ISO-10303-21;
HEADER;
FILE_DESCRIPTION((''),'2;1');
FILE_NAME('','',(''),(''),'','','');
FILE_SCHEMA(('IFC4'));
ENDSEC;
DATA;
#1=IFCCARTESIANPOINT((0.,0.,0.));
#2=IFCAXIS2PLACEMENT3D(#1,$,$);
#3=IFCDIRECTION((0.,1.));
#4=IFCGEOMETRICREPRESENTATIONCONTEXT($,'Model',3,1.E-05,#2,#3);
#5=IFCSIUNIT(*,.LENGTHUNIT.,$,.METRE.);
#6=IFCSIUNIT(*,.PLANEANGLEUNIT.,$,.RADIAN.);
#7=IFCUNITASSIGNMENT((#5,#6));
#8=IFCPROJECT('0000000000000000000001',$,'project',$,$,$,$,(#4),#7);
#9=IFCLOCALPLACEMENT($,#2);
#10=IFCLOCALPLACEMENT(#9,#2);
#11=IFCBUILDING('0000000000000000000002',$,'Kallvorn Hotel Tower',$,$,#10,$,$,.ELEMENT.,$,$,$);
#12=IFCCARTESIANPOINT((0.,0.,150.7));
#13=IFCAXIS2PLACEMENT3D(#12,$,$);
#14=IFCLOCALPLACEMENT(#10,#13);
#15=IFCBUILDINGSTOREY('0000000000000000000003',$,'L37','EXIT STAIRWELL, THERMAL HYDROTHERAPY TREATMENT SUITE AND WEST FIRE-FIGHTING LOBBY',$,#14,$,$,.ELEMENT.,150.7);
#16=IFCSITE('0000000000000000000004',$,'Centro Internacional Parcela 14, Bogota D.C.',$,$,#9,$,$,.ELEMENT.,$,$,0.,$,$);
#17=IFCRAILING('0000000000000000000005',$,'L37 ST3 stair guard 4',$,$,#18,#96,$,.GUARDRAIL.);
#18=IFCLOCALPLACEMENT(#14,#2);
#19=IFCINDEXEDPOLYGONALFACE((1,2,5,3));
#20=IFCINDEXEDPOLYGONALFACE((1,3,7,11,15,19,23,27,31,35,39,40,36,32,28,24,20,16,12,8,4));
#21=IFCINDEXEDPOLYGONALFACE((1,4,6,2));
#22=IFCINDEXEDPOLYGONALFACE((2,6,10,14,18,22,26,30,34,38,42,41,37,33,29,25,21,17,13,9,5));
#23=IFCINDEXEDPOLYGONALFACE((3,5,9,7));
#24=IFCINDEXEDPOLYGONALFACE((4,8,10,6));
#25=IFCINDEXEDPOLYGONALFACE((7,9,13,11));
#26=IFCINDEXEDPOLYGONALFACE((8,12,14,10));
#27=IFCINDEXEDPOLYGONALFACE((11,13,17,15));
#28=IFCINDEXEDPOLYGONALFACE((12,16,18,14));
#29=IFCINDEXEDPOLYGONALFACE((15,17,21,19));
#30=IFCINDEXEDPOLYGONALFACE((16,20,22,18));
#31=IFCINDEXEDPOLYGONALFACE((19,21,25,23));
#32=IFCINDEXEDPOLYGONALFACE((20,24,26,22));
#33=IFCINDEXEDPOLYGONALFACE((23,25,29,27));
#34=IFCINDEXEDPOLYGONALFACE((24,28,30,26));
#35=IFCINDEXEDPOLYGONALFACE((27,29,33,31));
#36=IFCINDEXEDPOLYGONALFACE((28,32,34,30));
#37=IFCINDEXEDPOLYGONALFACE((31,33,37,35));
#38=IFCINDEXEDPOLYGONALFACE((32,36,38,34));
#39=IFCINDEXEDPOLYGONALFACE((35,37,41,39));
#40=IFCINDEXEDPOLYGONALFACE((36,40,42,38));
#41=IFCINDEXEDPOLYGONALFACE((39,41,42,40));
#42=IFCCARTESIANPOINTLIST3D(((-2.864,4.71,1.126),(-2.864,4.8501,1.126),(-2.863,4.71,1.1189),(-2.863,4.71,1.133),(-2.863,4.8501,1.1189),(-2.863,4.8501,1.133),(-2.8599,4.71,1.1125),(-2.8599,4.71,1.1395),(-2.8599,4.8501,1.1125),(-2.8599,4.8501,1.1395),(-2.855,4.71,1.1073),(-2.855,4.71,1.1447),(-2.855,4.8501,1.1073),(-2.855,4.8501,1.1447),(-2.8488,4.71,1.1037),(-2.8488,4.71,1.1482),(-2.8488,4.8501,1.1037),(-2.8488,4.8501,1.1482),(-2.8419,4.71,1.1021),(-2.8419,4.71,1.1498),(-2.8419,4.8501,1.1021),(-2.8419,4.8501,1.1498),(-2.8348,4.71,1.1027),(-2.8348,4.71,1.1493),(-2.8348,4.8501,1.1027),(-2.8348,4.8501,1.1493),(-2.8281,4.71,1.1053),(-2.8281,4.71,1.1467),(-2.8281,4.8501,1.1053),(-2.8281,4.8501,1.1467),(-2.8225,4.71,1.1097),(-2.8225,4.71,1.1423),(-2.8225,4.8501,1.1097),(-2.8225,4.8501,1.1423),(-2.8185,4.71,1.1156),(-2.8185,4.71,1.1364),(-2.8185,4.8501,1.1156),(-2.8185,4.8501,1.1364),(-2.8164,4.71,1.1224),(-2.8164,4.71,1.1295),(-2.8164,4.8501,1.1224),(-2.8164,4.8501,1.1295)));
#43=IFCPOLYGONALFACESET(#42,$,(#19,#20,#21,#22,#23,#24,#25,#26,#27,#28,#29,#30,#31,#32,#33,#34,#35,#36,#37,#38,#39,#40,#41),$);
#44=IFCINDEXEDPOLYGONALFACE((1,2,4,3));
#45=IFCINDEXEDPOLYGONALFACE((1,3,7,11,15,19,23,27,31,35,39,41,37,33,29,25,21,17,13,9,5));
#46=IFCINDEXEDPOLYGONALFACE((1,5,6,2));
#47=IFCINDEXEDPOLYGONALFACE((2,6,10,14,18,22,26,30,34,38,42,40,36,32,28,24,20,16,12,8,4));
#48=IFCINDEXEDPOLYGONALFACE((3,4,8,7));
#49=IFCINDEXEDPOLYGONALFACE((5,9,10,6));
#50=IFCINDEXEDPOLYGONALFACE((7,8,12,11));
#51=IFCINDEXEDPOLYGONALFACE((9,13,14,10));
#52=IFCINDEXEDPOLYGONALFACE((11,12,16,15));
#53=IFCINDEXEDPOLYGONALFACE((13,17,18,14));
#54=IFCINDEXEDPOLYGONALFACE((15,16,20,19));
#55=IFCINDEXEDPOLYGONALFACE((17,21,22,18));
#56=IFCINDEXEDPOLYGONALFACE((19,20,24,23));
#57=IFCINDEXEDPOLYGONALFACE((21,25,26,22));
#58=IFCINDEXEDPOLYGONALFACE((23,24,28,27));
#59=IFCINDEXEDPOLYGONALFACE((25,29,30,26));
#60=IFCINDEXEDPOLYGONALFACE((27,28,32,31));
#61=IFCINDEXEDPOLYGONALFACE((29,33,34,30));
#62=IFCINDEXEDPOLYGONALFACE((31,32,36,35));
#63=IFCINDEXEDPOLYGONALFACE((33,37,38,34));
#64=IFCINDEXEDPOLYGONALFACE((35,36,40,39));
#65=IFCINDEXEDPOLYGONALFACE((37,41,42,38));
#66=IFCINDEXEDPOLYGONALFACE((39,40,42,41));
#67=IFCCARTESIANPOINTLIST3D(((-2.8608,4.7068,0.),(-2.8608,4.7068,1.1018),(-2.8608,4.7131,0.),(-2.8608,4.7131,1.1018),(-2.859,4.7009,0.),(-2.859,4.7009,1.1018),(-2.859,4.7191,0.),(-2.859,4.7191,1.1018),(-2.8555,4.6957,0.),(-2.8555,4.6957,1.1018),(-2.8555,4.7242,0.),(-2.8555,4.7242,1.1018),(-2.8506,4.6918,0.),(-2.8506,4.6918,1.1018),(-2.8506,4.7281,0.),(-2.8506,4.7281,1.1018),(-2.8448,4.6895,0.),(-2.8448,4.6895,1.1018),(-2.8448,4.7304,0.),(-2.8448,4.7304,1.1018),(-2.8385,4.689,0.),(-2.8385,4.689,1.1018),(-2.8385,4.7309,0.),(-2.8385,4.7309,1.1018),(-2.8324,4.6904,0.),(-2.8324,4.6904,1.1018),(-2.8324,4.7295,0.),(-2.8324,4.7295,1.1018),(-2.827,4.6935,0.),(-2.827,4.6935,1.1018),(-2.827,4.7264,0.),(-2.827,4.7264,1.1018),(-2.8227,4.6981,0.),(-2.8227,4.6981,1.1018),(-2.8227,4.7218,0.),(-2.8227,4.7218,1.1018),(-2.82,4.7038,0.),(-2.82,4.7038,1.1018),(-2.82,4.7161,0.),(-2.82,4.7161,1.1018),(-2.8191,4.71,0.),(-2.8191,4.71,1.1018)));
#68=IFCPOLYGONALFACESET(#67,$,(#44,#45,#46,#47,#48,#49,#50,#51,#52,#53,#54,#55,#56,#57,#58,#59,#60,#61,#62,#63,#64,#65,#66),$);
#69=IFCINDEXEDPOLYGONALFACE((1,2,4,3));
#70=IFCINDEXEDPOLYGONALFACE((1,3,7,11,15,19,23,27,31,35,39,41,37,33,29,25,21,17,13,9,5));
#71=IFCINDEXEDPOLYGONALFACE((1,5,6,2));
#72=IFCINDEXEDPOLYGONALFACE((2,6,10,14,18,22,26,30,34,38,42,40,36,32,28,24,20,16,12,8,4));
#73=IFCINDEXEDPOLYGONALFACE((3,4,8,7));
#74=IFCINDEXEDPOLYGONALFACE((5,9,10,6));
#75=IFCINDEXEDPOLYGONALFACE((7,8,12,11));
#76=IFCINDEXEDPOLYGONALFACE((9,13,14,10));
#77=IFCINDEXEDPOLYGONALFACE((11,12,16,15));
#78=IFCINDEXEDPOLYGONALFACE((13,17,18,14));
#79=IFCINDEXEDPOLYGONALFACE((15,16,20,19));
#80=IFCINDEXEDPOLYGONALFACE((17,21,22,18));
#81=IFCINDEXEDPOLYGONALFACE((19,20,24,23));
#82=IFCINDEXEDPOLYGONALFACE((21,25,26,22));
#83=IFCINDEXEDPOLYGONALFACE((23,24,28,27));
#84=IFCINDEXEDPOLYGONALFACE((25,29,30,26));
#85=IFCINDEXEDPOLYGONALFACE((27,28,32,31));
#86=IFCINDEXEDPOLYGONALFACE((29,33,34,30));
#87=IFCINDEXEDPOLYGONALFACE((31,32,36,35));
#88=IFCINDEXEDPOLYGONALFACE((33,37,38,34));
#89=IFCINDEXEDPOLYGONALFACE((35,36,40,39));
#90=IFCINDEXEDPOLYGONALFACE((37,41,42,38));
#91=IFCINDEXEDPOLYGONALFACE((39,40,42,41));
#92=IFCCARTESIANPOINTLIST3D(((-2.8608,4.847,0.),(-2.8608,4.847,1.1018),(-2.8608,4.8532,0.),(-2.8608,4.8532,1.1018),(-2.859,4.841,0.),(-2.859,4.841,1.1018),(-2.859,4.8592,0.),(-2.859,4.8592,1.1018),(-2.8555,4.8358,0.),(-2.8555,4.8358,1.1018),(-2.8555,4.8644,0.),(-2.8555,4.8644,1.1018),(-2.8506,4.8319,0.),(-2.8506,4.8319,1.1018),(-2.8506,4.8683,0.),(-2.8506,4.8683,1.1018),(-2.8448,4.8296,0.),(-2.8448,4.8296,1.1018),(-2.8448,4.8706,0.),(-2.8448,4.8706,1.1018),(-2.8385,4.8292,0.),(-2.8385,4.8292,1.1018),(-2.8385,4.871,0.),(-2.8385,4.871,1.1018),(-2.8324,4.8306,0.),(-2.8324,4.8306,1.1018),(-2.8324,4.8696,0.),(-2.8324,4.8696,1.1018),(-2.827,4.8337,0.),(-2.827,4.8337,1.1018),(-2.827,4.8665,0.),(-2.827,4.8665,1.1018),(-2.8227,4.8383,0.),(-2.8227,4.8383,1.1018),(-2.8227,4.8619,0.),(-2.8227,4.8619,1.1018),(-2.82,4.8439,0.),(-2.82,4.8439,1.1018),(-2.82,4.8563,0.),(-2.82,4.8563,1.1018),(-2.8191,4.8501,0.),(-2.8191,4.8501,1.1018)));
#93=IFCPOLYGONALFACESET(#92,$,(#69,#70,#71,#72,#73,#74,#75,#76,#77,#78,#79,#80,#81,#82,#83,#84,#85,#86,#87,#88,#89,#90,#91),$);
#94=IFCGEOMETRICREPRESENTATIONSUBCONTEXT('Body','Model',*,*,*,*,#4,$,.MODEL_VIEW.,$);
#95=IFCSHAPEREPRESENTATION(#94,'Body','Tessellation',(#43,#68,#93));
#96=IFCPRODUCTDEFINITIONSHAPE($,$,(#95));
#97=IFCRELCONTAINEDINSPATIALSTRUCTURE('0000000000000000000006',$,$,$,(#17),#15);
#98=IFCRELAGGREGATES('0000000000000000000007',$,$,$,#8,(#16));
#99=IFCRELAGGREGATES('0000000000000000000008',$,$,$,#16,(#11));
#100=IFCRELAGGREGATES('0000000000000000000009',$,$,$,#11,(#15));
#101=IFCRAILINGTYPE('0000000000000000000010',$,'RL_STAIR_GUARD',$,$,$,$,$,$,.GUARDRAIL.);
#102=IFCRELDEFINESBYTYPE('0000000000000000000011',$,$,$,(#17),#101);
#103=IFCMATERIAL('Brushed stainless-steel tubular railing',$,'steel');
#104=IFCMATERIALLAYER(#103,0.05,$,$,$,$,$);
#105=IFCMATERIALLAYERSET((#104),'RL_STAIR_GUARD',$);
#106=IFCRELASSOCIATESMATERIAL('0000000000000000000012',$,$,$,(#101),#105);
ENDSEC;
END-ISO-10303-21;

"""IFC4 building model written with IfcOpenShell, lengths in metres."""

from ifc_helpers import new_model, si_unit, direction, frame, origin, origin_2d, place, context, subcontext, project, spatial, circle, extrude, material, layer, layer_set, type_object, element, save


model = new_model("IFC4")

# Units and contexts
model_context = context("Model", 3, precision=1e-05, world=origin(), true_north=direction((0.0, 1.0)))
body_context = subcontext(model_context, "Body", "Model", "MODEL_VIEW")
ifc_project = project(units=[si_unit("LENGTHUNIT", "METRE"), si_unit("PLANEANGLEUNIT", "RADIAN")], contexts=[model_context])

# Site, building, storey
site_placement = place(None, origin())
site = spatial("IfcSite", under=ifc_project, at=site_placement, Name="Centro Internacional Parcela 14, Bogota D.C.", CompositionType="ELEMENT", RefElevation=0.0)
building_placement = place(site_placement, origin())
building = spatial("IfcBuilding", under=site, at=building_placement, Name="Kallvorn Hotel Tower", CompositionType="ELEMENT")
storey_placement = place(building_placement, frame((0.0, 0.0, 150.7)))
storey = spatial("IfcBuildingStorey", under=building, at=storey_placement, Name="L37", Description="EXIT STAIRWELL, THERMAL HYDROTHERAPY TREATMENT SUITE AND WEST FIRE-FIGHTING LOBBY", CompositionType="ELEMENT", Elevation=150.7)

# Railing
ifc_material_1 = material(Name="Brushed stainless-steel tubular railing", Category="steel")
ifc_layer_1 = layer(ifc_material_1, 0.05)
ifc_layer_set_1 = layer_set([ifc_layer_1], Name="RL_STAIR_GUARD")
railing_type_1 = type_object("IfcRailingType", Name="RL_STAIR_GUARD", PredefinedType="GUARDRAIL", material=ifc_layer_set_1)
railing_1_placement = place(storey_placement, frame((-2.8401, 4.71, 0.0)))
element("IfcRailing", 1, at=railing_1_placement, inside=storey, type_object=railing_type_1, Name="L37 ST3 stair guard 4", PredefinedType="GUARDRAIL", context=body_context, shape_type="SweptSolid", body=[
    extrude(circle(Radius=0.0239, at=origin_2d()), frame((0.0, 0.0, 1.126), z_axis=(0.0, 1.0, 0.0), x_axis=(-1.0, 0.0, 0.0)), (0.0, 0.0, 1.0), 0.1401),
    extrude(circle(Radius=0.021, at=origin_2d()), origin(), (0.0, 0.0, 1.0), 1.1018),
    extrude(circle(Radius=0.021, at=origin_2d()), frame((0.0, 0.1401, 0.0)), (0.0, 0.0, 1.0), 1.1018),
])

save(model, "model.ifc")
